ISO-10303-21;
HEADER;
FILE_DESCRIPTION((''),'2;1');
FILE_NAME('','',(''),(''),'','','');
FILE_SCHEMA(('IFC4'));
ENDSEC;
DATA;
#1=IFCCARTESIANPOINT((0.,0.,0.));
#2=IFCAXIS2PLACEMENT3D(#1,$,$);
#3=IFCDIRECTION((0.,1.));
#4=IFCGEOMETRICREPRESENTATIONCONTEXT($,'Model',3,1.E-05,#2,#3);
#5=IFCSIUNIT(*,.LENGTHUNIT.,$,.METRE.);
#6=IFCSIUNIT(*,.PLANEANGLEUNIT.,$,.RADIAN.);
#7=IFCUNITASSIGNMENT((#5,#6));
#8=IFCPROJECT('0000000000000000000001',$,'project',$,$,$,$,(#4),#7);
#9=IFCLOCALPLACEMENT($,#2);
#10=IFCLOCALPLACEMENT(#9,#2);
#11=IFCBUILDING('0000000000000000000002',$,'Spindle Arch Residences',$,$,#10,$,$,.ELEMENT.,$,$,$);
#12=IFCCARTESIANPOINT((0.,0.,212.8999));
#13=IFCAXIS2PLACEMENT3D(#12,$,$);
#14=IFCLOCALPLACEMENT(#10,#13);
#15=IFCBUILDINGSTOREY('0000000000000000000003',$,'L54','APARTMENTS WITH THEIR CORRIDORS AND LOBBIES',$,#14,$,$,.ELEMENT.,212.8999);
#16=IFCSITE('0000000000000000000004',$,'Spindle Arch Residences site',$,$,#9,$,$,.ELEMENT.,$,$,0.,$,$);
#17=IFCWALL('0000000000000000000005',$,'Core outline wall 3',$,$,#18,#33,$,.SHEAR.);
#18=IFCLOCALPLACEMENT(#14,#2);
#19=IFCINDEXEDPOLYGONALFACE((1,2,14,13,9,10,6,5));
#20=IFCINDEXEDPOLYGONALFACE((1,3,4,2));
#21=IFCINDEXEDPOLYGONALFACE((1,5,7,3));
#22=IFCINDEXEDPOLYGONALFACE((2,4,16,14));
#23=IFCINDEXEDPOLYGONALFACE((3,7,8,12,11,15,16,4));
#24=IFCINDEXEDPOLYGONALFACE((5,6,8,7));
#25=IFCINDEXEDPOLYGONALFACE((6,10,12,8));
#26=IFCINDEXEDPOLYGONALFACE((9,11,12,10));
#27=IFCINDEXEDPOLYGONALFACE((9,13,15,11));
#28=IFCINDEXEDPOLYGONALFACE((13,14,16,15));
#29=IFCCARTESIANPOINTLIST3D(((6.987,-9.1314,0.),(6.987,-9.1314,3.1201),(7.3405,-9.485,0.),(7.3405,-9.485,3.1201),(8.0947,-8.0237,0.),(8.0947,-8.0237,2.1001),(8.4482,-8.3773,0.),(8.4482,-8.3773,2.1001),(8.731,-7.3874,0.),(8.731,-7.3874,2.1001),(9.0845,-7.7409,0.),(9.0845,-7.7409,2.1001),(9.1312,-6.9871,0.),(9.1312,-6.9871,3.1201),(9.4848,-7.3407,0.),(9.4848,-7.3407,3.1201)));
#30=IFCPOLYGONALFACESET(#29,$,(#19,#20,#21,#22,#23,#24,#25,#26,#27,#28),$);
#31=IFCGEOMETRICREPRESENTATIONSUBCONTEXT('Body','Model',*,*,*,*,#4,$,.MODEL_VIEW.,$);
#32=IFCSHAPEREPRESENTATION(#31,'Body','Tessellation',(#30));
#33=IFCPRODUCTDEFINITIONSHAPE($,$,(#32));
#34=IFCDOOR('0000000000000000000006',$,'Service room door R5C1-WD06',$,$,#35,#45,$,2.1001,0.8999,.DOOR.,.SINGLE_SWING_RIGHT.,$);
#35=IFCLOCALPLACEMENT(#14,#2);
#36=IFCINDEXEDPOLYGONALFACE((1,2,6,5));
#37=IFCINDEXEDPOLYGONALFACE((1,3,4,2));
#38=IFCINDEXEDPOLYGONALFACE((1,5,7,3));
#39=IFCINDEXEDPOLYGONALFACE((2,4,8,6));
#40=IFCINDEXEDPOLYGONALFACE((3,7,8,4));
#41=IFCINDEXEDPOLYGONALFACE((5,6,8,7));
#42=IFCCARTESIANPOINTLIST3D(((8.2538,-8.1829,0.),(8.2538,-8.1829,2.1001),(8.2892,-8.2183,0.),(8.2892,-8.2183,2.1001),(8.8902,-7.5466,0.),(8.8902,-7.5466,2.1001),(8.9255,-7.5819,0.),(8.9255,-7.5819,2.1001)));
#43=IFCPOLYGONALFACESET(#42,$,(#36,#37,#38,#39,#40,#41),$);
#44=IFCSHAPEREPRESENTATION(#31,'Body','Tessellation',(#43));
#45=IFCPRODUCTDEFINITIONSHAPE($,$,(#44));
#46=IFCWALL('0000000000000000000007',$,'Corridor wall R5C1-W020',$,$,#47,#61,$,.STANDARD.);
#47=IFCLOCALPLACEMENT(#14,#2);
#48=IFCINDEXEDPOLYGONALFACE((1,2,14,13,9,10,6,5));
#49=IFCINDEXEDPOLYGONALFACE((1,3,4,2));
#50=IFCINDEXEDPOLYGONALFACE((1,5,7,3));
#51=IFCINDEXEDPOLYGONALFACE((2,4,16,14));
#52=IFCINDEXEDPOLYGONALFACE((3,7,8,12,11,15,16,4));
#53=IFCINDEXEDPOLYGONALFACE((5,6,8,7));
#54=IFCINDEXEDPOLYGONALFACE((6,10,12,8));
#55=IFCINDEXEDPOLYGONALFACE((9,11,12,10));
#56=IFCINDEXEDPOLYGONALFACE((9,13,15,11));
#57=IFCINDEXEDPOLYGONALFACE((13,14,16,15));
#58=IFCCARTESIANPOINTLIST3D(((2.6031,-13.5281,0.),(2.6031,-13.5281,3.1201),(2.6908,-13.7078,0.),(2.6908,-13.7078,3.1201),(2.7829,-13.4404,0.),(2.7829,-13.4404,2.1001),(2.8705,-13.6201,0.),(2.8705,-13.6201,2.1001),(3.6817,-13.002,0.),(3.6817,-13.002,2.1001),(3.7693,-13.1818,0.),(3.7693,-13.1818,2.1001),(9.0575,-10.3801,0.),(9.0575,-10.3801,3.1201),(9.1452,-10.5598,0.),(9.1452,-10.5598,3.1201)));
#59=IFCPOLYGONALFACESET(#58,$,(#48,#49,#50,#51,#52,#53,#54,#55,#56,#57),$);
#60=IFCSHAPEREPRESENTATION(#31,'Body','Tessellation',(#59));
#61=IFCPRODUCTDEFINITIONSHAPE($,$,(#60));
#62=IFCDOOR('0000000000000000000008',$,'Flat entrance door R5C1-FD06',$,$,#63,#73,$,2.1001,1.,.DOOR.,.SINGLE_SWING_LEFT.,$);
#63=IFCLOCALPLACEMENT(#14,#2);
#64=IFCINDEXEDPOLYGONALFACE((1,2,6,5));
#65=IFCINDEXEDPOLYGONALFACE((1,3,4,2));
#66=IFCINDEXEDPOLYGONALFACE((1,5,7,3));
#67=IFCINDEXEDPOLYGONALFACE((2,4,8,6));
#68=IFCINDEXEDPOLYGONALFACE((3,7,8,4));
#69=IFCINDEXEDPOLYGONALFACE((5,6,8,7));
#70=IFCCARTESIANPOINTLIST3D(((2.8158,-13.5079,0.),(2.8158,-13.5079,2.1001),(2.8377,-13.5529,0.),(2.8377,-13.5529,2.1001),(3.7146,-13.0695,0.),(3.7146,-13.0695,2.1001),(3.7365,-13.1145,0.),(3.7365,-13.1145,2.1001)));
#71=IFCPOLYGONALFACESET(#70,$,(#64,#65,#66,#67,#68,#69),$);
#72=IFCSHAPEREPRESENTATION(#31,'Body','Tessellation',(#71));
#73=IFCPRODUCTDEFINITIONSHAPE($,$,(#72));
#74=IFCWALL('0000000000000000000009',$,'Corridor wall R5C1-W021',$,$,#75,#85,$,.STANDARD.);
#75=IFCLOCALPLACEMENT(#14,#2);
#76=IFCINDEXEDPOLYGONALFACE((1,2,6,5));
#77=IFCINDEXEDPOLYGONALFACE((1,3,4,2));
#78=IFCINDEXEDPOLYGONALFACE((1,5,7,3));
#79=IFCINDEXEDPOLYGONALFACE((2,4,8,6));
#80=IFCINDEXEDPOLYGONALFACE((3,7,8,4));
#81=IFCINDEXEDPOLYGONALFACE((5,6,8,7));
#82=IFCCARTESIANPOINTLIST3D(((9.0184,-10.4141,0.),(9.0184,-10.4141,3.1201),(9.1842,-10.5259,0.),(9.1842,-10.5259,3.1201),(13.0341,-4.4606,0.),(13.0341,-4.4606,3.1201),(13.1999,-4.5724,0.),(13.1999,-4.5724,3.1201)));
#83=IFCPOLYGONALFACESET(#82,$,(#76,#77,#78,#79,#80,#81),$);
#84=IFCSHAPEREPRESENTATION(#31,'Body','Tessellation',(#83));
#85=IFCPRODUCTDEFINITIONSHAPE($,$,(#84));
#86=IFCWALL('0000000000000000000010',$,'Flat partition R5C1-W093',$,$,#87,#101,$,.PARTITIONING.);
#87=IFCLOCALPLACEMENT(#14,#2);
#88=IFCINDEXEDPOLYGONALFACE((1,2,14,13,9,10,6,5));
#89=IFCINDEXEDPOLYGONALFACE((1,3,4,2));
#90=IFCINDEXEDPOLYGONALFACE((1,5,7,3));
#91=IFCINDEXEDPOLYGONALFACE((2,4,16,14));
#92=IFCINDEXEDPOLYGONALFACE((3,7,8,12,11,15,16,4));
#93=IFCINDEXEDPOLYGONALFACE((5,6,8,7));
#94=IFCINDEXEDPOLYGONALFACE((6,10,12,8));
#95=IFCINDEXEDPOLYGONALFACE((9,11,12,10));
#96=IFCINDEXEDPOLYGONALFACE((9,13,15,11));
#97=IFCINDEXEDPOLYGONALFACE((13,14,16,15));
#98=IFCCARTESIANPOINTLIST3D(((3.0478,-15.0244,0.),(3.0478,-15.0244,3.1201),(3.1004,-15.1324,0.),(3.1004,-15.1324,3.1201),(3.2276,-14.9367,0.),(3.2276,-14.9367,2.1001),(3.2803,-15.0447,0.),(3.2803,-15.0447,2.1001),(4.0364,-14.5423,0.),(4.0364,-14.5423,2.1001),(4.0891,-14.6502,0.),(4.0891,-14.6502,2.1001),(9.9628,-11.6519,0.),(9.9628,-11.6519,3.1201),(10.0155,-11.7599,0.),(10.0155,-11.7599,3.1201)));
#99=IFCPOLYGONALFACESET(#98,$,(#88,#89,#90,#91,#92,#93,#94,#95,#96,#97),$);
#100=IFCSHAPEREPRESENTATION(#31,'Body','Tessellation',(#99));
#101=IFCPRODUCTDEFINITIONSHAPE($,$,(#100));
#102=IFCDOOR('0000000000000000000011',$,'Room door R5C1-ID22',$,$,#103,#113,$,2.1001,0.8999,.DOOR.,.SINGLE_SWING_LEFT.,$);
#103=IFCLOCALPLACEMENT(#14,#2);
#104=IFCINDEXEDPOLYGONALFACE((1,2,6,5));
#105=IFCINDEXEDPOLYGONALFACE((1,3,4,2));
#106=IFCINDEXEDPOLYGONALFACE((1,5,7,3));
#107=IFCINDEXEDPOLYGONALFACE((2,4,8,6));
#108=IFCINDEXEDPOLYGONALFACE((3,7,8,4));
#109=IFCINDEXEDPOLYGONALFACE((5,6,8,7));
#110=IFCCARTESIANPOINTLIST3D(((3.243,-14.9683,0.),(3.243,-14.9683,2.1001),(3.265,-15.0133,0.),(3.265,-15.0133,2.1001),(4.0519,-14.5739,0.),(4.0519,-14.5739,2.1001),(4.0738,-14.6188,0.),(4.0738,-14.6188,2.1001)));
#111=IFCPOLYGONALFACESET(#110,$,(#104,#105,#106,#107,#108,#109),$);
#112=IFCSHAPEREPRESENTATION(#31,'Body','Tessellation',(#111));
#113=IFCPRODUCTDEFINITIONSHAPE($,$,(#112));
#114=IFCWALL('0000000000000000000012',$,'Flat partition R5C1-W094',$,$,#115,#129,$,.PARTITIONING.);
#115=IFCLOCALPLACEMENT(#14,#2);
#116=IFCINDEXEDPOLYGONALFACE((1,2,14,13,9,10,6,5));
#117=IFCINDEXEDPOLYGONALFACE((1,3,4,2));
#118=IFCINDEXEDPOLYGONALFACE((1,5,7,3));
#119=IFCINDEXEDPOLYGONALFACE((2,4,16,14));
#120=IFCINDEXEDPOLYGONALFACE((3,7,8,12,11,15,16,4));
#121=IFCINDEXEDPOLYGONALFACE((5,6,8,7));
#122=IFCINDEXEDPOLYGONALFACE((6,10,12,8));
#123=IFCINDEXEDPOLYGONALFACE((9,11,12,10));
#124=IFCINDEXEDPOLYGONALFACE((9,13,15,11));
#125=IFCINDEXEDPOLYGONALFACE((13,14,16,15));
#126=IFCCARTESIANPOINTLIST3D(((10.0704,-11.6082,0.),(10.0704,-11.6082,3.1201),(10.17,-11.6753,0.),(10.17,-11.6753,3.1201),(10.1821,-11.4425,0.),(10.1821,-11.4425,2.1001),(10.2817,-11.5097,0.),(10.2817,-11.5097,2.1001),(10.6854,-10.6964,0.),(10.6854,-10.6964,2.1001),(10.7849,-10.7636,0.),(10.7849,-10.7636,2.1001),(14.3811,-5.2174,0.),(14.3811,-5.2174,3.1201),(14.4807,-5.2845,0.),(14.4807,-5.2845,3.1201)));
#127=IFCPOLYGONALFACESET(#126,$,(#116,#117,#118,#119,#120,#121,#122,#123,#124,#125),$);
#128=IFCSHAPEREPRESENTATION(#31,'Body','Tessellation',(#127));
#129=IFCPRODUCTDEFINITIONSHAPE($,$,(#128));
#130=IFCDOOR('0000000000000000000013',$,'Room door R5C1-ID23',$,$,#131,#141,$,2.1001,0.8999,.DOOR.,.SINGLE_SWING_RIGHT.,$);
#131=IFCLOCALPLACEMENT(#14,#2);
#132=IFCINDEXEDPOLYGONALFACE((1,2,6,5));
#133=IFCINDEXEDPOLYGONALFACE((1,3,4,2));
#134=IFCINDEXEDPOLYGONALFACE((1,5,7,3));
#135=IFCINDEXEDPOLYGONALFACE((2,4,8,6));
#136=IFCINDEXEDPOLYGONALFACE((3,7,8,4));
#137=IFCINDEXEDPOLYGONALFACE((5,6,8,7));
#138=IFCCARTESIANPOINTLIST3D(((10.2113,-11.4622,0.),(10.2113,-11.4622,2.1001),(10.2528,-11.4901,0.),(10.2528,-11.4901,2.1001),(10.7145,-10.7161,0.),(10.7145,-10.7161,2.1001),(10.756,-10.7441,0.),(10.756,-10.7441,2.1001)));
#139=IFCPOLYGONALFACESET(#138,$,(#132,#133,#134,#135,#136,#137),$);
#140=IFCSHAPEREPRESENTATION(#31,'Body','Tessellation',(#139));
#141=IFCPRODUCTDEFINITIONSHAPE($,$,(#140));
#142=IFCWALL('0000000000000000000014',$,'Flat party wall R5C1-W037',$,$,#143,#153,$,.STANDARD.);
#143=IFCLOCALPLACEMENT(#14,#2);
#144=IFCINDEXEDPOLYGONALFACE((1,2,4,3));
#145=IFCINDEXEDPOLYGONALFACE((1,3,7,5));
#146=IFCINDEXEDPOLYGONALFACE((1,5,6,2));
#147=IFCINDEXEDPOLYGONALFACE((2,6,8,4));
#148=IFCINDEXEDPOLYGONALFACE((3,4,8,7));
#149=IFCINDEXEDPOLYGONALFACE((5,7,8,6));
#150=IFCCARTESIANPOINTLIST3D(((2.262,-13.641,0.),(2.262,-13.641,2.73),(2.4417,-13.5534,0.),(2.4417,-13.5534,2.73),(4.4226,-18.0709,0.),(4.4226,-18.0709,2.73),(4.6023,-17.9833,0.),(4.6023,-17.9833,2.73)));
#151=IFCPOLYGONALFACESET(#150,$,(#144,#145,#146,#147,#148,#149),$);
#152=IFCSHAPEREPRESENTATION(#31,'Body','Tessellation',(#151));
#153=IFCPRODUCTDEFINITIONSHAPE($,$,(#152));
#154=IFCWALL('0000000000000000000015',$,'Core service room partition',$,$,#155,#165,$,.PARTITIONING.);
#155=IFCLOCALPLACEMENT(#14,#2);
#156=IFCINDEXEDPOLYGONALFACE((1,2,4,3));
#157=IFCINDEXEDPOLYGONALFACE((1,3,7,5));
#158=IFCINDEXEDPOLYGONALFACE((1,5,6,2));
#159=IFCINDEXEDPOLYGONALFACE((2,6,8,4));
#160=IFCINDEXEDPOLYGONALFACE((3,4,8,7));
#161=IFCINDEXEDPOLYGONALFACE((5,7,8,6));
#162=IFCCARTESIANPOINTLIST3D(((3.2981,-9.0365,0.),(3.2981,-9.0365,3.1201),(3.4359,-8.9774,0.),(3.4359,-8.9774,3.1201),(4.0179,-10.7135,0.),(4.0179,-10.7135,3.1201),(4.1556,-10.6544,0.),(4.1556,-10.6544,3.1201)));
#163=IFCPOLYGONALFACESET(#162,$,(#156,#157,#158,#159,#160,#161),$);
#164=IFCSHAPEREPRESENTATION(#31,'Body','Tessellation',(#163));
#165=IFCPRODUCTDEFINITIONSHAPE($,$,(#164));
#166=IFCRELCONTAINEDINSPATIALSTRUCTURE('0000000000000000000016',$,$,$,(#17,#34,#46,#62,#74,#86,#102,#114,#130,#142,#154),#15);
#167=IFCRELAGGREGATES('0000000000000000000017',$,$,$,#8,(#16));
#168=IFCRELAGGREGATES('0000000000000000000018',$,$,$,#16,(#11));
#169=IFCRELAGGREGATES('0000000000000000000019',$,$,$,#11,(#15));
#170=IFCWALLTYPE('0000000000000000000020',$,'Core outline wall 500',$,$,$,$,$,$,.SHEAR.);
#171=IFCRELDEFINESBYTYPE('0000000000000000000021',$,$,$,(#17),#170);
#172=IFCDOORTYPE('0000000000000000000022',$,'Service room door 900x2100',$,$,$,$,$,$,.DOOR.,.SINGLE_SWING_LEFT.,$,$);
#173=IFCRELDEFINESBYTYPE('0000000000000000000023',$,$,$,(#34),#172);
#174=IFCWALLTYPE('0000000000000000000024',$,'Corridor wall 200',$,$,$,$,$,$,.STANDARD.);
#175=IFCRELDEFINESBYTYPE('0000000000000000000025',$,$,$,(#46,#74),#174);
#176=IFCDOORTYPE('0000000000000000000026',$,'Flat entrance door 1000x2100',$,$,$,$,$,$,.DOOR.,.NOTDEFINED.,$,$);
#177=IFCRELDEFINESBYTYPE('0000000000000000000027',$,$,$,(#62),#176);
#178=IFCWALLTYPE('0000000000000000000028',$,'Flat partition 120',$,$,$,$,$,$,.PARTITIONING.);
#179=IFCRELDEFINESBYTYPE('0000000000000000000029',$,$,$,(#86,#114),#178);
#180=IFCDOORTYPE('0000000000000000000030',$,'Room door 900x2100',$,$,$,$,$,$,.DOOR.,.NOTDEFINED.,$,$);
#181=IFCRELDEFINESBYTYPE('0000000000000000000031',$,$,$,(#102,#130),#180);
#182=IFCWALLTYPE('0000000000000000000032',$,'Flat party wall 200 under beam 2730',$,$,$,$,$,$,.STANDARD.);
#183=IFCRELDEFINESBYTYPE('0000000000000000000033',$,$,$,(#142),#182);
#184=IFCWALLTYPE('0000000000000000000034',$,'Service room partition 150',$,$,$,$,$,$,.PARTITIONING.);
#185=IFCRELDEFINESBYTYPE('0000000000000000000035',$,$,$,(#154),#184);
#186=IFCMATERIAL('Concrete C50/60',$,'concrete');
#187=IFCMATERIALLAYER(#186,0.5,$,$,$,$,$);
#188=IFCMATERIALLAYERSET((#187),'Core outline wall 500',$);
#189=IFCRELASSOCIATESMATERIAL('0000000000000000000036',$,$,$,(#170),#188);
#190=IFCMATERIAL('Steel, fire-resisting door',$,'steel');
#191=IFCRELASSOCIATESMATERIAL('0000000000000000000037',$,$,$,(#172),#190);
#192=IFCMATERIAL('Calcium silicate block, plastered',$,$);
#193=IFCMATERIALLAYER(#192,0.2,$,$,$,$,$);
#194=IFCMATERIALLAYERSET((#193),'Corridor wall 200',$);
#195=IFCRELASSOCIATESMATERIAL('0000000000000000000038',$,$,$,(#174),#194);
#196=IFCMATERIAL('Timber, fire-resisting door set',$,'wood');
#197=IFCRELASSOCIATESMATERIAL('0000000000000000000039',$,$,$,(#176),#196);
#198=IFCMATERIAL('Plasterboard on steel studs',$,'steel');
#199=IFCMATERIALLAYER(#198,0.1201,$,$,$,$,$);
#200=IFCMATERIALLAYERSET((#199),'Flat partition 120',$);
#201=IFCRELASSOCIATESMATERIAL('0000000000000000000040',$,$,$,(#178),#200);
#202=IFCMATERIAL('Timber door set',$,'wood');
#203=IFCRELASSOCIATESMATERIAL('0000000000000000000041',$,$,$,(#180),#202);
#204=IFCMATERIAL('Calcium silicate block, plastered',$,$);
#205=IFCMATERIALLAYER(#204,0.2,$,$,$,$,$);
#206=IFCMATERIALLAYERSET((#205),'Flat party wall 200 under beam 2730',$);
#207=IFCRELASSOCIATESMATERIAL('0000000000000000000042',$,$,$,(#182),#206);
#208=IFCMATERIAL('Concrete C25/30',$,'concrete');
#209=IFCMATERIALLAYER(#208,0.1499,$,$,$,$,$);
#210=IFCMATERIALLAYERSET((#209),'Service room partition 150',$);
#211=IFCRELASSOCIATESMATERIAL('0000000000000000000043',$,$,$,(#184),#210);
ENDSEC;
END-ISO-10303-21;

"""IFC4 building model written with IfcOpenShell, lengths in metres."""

from ifc_helpers import new_model, si_unit, direction, frame, frame_2d, origin, place, context, subcontext, project, spatial, rectangle, extrude, material, layer, layer_set, type_object, element, fill, save


model = new_model("IFC4")

# Units and contexts
model_context = context("Model", 3, precision=1e-05, world=origin(), true_north=direction((0.0, 1.0)))
body_context = subcontext(model_context, "Body", "Model", "MODEL_VIEW")
ifc_project = project(units=[si_unit("LENGTHUNIT", "METRE"), si_unit("PLANEANGLEUNIT", "RADIAN")], contexts=[model_context])

# Site, building, storey
site_placement = place(None, origin())
site = spatial("IfcSite", under=ifc_project, at=site_placement, Name="Spindle Arch Residences site", CompositionType="ELEMENT", RefElevation=0.0)
building_placement = place(site_placement, origin())
building = spatial("IfcBuilding", under=site, at=building_placement, Name="Spindle Arch Residences", CompositionType="ELEMENT")
storey_placement = place(building_placement, frame((0.0, 0.0, 212.8999)))
storey = spatial("IfcBuildingStorey", under=building, at=storey_placement, Name="L54", Description="APARTMENTS WITH THEIR CORRIDORS AND LOBBIES", CompositionType="ELEMENT", Elevation=212.8999)

# Walls, openings, doors
ifc_material_1 = material(Name="Concrete C50/60", Category="concrete")
ifc_layer_1 = layer(ifc_material_1, 0.5)
ifc_layer_set_1 = layer_set([ifc_layer_1], Name="Core outline wall 500")
wall_type_1 = type_object("IfcWallType", Name="Core outline wall 500", PredefinedType="SHEAR", material=ifc_layer_set_1)
ifc_material_2 = material(Name="Steel, fire-resisting door", Category="steel")
door_type_1 = type_object("IfcDoorType", Name="Service room door 900x2100", OperationType="SINGLE_SWING_LEFT", PredefinedType="DOOR", material=ifc_material_2)
wall_1_placement = place(storey_placement, frame((7.1638, -9.3081, 0.0), z_axis=(0.0, 0.0, 1.0), x_axis=(0.707107, 0.707107, 0.0)))
wall_1 = element("IfcWall", 1, at=wall_1_placement, inside=storey, type_object=wall_type_1, Name="Core outline wall 3", PredefinedType="SHEAR", context=body_context, shape_type="SweptSolid", body=[
    extrude(rectangle(XDim=3.0325, YDim=0.5, at=frame_2d((1.5161, 0.0))), origin(), (0.0, 0.0, 1.0), 3.1201),
])
opening_1_placement = place(wall_1_placement, frame((1.5664, 0.0, 0.0)))
opening_1 = element("IfcOpeningElement", 2, at=opening_1_placement, cuts=wall_1, PredefinedType="OPENING", context=body_context, shape_type="SweptSolid", body=[
    extrude(rectangle(XDim=0.8999, YDim=2.1001, at=frame_2d((0.45, 1.05))), frame((0.0, 0.26, 0.0), z_axis=(0.0, -1.0, 0.0), x_axis=(1.0, 0.0, 0.0)), (0.0, 0.0, 1.0), 0.52),
])
door_1_placement = place(opening_1_placement, origin())
door_1 = element("IfcDoor", 3, at=door_1_placement, inside=storey, type_object=door_type_1, Name="Service room door R5C1-WD06", OperationType="SINGLE_SWING_RIGHT", OverallHeight=2.1001, OverallWidth=0.8999, PredefinedType="DOOR", context=body_context, shape_type="SweptSolid", body=[
    extrude(rectangle(XDim=0.8999, YDim=2.1001, at=frame_2d((0.45, 1.05))), frame((0.0, 0.0249, 0.0), z_axis=(0.0, -1.0, 0.0), x_axis=(1.0, 0.0, 0.0)), (0.0, 0.0, 1.0), 0.05),
])
fill(opening_1, door_1)
ifc_material_3 = material(Name="Calcium silicate block, plastered")
ifc_layer_2 = layer(ifc_material_3, 0.2)
ifc_layer_set_2 = layer_set([ifc_layer_2], Name="Corridor wall 200")
wall_type_2 = type_object("IfcWallType", Name="Corridor wall 200", PredefinedType="STANDARD", material=ifc_layer_set_2)
wall_2_placement = place(storey_placement, frame((2.647, -13.6179, 0.0), z_axis=(0.0, 0.0, 1.0), x_axis=(0.898797, 0.438366, 0.0)))
wall_2 = element("IfcWall", 4, at=wall_2_placement, inside=storey, type_object=wall_type_2, Name="Corridor wall R5C1-W020", PredefinedType="STANDARD", context=body_context, shape_type="SweptSolid", body=[
    extrude(rectangle(XDim=7.1812, YDim=0.2, at=frame_2d((3.5906, 0.0))), origin(), (0.0, 0.0, 1.0), 3.1201),
])
opening_2_placement = place(wall_2_placement, frame((0.2, 0.0, 0.0)))
opening_2 = element("IfcOpeningElement", 5, at=opening_2_placement, cuts=wall_2, PredefinedType="OPENING", context=body_context, shape_type="SweptSolid", body=[
    extrude(rectangle(XDim=1.0, YDim=2.1001, at=frame_2d((0.5, 1.05))), frame((0.0, 0.1099, 0.0), z_axis=(0.0, -1.0, 0.0), x_axis=(1.0, 0.0, 0.0)), (0.0, 0.0, 1.0), 0.22),
])
ifc_material_4 = material(Name="Timber, fire-resisting door set", Category="wood")
door_type_2 = type_object("IfcDoorType", Name="Flat entrance door 1000x2100", OperationType="NOTDEFINED", PredefinedType="DOOR", material=ifc_material_4)
door_2_placement = place(opening_2_placement, origin())
door_2 = element("IfcDoor", 6, at=door_2_placement, inside=storey, type_object=door_type_2, Name="Flat entrance door R5C1-FD06", OperationType="SINGLE_SWING_LEFT", OverallHeight=2.1001, OverallWidth=1.0, PredefinedType="DOOR", context=body_context, shape_type="SweptSolid", body=[
    extrude(rectangle(XDim=1.0, YDim=2.1001, at=frame_2d((0.5, 1.05))), frame((0.0, 0.0249, 0.0), z_axis=(0.0, -1.0, 0.0), x_axis=(1.0, 0.0, 0.0)), (0.0, 0.0, 1.0), 0.05),
])
fill(opening_2, door_2)

# Wall
wall_3_placement = place(storey_placement, frame((9.1013, -10.47, 0.0), z_axis=(0.0, 0.0, 1.0), x_axis=(0.559195, 0.829036, 0.0)))
element("IfcWall", 7, at=wall_3_placement, inside=storey, type_object=wall_type_2, Name="Corridor wall R5C1-W021", PredefinedType="STANDARD", context=body_context, shape_type="SweptSolid", body=[
    extrude(rectangle(XDim=7.1812, YDim=0.2, at=frame_2d((3.5906, 0.0))), origin(), (0.0, 0.0, 1.0), 3.1201),
])

# Walls, openings, doors
ifc_material_5 = material(Name="Plasterboard on steel studs", Category="steel")
ifc_layer_3 = layer(ifc_material_5, 0.1201)
ifc_layer_set_3 = layer_set([ifc_layer_3], Name="Flat partition 120")
wall_type_3 = type_object("IfcWallType", Name="Flat partition 120", PredefinedType="PARTITIONING", material=ifc_layer_set_3)
wall_4_placement = place(storey_placement, frame((3.0742, -15.0784, 0.0), z_axis=(0.0, 0.0, 1.0), x_axis=(0.898801, 0.438357, 0.0)))
wall_4 = element("IfcWall", 8, at=wall_4_placement, inside=storey, type_object=wall_type_3, Name="Flat partition R5C1-W093", PredefinedType="PARTITIONING", context=body_context, shape_type="SweptSolid", body=[
    extrude(rectangle(XDim=7.6936, YDim=0.1201, at=frame_2d((3.8467, 0.0))), origin(), (0.0, 0.0, 1.0), 3.1201),
])
opening_3_placement = place(wall_4_placement, frame((0.2, 0.0, 0.0)))
opening_3 = element("IfcOpeningElement", 9, at=opening_3_placement, cuts=wall_4, PredefinedType="OPENING", context=body_context, shape_type="SweptSolid", body=[
    extrude(rectangle(XDim=0.8999, YDim=2.1001, at=frame_2d((0.45, 1.05))), frame((0.0, 0.0701, 0.0), z_axis=(0.0, -1.0, 0.0), x_axis=(1.0, 0.0, 0.0)), (0.0, 0.0, 1.0), 0.1401),
])
ifc_material_6 = material(Name="Timber door set", Category="wood")
door_type_3 = type_object("IfcDoorType", Name="Room door 900x2100", OperationType="NOTDEFINED", PredefinedType="DOOR", material=ifc_material_6)
door_3_placement = place(opening_3_placement, origin())
door_3 = element("IfcDoor", 10, at=door_3_placement, inside=storey, type_object=door_type_3, Name="Room door R5C1-ID22", OperationType="SINGLE_SWING_LEFT", OverallHeight=2.1001, OverallWidth=0.8999, PredefinedType="DOOR", context=body_context, shape_type="SweptSolid", body=[
    extrude(rectangle(XDim=0.8999, YDim=2.1001, at=frame_2d((0.45, 1.05))), frame((0.0, 0.0249, 0.0), z_axis=(0.0, -1.0, 0.0), x_axis=(1.0, 0.0, 0.0)), (0.0, 0.0, 1.0), 0.05),
])
fill(opening_3, door_3)
wall_5_placement = place(storey_placement, frame((10.1201, -11.6418, 0.0), z_axis=(0.0, 0.0, 1.0), x_axis=(0.559201, 0.829032, 0.0)))
wall_5 = element("IfcWall", 11, at=wall_5_placement, inside=storey, type_object=wall_type_3, Name="Flat partition R5C1-W094", PredefinedType="PARTITIONING", context=body_context, shape_type="SweptSolid", body=[
    extrude(rectangle(XDim=7.7087, YDim=0.1201, at=frame_2d((3.8545, 0.0))), origin(), (0.0, 0.0, 1.0), 3.1201),
])
opening_4_placement = place(wall_5_placement, frame((0.2, 0.0, 0.0)))
opening_4 = element("IfcOpeningElement", 12, at=opening_4_placement, cuts=wall_5, PredefinedType="OPENING", context=body_context, shape_type="SweptSolid", body=[
    extrude(rectangle(XDim=0.8999, YDim=2.1001, at=frame_2d((0.45, 1.05))), frame((0.0, 0.0701, 0.0), z_axis=(0.0, -1.0, 0.0), x_axis=(1.0, 0.0, 0.0)), (0.0, 0.0, 1.0), 0.1401),
])
door_4_placement = place(opening_4_placement, origin())
door_4 = element("IfcDoor", 13, at=door_4_placement, inside=storey, type_object=door_type_3, Name="Room door R5C1-ID23", OperationType="SINGLE_SWING_RIGHT", OverallHeight=2.1001, OverallWidth=0.8999, PredefinedType="DOOR", context=body_context, shape_type="SweptSolid", body=[
    extrude(rectangle(XDim=0.8999, YDim=2.1001, at=frame_2d((0.45, 1.05))), frame((0.0, 0.0249, 0.0), z_axis=(0.0, -1.0, 0.0), x_axis=(1.0, 0.0, 0.0)), (0.0, 0.0, 1.0), 0.05),
])
fill(opening_4, door_4)

# Wall
ifc_material_7 = material(Name="Calcium silicate block, plastered")
ifc_layer_4 = layer(ifc_material_7, 0.2)
ifc_layer_set_4 = layer_set([ifc_layer_4], Name="Flat party wall 200 under beam 2730")
wall_type_4 = type_object("IfcWallType", Name="Flat party wall 200 under beam 2730", PredefinedType="STANDARD", material=ifc_layer_set_4)
wall_6_placement = place(storey_placement, frame((4.5125, -18.0271, 0.0), z_axis=(0.0, 0.0, 1.0), x_axis=(-0.438375, 0.898792, 0.0)))
element("IfcWall", 14, at=wall_6_placement, inside=storey, type_object=wall_type_4, Name="Flat party wall R5C1-W037", PredefinedType="STANDARD", context=body_context, shape_type="SweptSolid", body=[
    extrude(rectangle(XDim=4.9287, YDim=0.2, at=frame_2d((2.4644, 0.0))), origin(), (0.0, 0.0, 1.0), 2.73),
])

# Wall
ifc_material_8 = material(Name="Concrete C25/30", Category="concrete")
ifc_layer_5 = layer(ifc_material_8, 0.1499)
ifc_layer_set_5 = layer_set([ifc_layer_5], Name="Service room partition 150")
wall_type_5 = type_object("IfcWallType", Name="Service room partition 150", PredefinedType="PARTITIONING", material=ifc_layer_set_5)
wall_7_placement = place(storey_placement, frame((3.3669, -9.0068, 0.0), z_axis=(0.0, 0.0, 1.0), x_axis=(0.394387, -0.918944, 0.0)))
element("IfcWall", 15, at=wall_7_placement, inside=storey, type_object=wall_type_5, Name="Core service room partition", PredefinedType="PARTITIONING", context=body_context, shape_type="SweptSolid", body=[
    extrude(rectangle(XDim=1.825, YDim=0.1499, at=frame_2d((0.9126, 0.0))), origin(), (0.0, 0.0, 1.0), 3.1201),
])

save(model, "model.ifc")
